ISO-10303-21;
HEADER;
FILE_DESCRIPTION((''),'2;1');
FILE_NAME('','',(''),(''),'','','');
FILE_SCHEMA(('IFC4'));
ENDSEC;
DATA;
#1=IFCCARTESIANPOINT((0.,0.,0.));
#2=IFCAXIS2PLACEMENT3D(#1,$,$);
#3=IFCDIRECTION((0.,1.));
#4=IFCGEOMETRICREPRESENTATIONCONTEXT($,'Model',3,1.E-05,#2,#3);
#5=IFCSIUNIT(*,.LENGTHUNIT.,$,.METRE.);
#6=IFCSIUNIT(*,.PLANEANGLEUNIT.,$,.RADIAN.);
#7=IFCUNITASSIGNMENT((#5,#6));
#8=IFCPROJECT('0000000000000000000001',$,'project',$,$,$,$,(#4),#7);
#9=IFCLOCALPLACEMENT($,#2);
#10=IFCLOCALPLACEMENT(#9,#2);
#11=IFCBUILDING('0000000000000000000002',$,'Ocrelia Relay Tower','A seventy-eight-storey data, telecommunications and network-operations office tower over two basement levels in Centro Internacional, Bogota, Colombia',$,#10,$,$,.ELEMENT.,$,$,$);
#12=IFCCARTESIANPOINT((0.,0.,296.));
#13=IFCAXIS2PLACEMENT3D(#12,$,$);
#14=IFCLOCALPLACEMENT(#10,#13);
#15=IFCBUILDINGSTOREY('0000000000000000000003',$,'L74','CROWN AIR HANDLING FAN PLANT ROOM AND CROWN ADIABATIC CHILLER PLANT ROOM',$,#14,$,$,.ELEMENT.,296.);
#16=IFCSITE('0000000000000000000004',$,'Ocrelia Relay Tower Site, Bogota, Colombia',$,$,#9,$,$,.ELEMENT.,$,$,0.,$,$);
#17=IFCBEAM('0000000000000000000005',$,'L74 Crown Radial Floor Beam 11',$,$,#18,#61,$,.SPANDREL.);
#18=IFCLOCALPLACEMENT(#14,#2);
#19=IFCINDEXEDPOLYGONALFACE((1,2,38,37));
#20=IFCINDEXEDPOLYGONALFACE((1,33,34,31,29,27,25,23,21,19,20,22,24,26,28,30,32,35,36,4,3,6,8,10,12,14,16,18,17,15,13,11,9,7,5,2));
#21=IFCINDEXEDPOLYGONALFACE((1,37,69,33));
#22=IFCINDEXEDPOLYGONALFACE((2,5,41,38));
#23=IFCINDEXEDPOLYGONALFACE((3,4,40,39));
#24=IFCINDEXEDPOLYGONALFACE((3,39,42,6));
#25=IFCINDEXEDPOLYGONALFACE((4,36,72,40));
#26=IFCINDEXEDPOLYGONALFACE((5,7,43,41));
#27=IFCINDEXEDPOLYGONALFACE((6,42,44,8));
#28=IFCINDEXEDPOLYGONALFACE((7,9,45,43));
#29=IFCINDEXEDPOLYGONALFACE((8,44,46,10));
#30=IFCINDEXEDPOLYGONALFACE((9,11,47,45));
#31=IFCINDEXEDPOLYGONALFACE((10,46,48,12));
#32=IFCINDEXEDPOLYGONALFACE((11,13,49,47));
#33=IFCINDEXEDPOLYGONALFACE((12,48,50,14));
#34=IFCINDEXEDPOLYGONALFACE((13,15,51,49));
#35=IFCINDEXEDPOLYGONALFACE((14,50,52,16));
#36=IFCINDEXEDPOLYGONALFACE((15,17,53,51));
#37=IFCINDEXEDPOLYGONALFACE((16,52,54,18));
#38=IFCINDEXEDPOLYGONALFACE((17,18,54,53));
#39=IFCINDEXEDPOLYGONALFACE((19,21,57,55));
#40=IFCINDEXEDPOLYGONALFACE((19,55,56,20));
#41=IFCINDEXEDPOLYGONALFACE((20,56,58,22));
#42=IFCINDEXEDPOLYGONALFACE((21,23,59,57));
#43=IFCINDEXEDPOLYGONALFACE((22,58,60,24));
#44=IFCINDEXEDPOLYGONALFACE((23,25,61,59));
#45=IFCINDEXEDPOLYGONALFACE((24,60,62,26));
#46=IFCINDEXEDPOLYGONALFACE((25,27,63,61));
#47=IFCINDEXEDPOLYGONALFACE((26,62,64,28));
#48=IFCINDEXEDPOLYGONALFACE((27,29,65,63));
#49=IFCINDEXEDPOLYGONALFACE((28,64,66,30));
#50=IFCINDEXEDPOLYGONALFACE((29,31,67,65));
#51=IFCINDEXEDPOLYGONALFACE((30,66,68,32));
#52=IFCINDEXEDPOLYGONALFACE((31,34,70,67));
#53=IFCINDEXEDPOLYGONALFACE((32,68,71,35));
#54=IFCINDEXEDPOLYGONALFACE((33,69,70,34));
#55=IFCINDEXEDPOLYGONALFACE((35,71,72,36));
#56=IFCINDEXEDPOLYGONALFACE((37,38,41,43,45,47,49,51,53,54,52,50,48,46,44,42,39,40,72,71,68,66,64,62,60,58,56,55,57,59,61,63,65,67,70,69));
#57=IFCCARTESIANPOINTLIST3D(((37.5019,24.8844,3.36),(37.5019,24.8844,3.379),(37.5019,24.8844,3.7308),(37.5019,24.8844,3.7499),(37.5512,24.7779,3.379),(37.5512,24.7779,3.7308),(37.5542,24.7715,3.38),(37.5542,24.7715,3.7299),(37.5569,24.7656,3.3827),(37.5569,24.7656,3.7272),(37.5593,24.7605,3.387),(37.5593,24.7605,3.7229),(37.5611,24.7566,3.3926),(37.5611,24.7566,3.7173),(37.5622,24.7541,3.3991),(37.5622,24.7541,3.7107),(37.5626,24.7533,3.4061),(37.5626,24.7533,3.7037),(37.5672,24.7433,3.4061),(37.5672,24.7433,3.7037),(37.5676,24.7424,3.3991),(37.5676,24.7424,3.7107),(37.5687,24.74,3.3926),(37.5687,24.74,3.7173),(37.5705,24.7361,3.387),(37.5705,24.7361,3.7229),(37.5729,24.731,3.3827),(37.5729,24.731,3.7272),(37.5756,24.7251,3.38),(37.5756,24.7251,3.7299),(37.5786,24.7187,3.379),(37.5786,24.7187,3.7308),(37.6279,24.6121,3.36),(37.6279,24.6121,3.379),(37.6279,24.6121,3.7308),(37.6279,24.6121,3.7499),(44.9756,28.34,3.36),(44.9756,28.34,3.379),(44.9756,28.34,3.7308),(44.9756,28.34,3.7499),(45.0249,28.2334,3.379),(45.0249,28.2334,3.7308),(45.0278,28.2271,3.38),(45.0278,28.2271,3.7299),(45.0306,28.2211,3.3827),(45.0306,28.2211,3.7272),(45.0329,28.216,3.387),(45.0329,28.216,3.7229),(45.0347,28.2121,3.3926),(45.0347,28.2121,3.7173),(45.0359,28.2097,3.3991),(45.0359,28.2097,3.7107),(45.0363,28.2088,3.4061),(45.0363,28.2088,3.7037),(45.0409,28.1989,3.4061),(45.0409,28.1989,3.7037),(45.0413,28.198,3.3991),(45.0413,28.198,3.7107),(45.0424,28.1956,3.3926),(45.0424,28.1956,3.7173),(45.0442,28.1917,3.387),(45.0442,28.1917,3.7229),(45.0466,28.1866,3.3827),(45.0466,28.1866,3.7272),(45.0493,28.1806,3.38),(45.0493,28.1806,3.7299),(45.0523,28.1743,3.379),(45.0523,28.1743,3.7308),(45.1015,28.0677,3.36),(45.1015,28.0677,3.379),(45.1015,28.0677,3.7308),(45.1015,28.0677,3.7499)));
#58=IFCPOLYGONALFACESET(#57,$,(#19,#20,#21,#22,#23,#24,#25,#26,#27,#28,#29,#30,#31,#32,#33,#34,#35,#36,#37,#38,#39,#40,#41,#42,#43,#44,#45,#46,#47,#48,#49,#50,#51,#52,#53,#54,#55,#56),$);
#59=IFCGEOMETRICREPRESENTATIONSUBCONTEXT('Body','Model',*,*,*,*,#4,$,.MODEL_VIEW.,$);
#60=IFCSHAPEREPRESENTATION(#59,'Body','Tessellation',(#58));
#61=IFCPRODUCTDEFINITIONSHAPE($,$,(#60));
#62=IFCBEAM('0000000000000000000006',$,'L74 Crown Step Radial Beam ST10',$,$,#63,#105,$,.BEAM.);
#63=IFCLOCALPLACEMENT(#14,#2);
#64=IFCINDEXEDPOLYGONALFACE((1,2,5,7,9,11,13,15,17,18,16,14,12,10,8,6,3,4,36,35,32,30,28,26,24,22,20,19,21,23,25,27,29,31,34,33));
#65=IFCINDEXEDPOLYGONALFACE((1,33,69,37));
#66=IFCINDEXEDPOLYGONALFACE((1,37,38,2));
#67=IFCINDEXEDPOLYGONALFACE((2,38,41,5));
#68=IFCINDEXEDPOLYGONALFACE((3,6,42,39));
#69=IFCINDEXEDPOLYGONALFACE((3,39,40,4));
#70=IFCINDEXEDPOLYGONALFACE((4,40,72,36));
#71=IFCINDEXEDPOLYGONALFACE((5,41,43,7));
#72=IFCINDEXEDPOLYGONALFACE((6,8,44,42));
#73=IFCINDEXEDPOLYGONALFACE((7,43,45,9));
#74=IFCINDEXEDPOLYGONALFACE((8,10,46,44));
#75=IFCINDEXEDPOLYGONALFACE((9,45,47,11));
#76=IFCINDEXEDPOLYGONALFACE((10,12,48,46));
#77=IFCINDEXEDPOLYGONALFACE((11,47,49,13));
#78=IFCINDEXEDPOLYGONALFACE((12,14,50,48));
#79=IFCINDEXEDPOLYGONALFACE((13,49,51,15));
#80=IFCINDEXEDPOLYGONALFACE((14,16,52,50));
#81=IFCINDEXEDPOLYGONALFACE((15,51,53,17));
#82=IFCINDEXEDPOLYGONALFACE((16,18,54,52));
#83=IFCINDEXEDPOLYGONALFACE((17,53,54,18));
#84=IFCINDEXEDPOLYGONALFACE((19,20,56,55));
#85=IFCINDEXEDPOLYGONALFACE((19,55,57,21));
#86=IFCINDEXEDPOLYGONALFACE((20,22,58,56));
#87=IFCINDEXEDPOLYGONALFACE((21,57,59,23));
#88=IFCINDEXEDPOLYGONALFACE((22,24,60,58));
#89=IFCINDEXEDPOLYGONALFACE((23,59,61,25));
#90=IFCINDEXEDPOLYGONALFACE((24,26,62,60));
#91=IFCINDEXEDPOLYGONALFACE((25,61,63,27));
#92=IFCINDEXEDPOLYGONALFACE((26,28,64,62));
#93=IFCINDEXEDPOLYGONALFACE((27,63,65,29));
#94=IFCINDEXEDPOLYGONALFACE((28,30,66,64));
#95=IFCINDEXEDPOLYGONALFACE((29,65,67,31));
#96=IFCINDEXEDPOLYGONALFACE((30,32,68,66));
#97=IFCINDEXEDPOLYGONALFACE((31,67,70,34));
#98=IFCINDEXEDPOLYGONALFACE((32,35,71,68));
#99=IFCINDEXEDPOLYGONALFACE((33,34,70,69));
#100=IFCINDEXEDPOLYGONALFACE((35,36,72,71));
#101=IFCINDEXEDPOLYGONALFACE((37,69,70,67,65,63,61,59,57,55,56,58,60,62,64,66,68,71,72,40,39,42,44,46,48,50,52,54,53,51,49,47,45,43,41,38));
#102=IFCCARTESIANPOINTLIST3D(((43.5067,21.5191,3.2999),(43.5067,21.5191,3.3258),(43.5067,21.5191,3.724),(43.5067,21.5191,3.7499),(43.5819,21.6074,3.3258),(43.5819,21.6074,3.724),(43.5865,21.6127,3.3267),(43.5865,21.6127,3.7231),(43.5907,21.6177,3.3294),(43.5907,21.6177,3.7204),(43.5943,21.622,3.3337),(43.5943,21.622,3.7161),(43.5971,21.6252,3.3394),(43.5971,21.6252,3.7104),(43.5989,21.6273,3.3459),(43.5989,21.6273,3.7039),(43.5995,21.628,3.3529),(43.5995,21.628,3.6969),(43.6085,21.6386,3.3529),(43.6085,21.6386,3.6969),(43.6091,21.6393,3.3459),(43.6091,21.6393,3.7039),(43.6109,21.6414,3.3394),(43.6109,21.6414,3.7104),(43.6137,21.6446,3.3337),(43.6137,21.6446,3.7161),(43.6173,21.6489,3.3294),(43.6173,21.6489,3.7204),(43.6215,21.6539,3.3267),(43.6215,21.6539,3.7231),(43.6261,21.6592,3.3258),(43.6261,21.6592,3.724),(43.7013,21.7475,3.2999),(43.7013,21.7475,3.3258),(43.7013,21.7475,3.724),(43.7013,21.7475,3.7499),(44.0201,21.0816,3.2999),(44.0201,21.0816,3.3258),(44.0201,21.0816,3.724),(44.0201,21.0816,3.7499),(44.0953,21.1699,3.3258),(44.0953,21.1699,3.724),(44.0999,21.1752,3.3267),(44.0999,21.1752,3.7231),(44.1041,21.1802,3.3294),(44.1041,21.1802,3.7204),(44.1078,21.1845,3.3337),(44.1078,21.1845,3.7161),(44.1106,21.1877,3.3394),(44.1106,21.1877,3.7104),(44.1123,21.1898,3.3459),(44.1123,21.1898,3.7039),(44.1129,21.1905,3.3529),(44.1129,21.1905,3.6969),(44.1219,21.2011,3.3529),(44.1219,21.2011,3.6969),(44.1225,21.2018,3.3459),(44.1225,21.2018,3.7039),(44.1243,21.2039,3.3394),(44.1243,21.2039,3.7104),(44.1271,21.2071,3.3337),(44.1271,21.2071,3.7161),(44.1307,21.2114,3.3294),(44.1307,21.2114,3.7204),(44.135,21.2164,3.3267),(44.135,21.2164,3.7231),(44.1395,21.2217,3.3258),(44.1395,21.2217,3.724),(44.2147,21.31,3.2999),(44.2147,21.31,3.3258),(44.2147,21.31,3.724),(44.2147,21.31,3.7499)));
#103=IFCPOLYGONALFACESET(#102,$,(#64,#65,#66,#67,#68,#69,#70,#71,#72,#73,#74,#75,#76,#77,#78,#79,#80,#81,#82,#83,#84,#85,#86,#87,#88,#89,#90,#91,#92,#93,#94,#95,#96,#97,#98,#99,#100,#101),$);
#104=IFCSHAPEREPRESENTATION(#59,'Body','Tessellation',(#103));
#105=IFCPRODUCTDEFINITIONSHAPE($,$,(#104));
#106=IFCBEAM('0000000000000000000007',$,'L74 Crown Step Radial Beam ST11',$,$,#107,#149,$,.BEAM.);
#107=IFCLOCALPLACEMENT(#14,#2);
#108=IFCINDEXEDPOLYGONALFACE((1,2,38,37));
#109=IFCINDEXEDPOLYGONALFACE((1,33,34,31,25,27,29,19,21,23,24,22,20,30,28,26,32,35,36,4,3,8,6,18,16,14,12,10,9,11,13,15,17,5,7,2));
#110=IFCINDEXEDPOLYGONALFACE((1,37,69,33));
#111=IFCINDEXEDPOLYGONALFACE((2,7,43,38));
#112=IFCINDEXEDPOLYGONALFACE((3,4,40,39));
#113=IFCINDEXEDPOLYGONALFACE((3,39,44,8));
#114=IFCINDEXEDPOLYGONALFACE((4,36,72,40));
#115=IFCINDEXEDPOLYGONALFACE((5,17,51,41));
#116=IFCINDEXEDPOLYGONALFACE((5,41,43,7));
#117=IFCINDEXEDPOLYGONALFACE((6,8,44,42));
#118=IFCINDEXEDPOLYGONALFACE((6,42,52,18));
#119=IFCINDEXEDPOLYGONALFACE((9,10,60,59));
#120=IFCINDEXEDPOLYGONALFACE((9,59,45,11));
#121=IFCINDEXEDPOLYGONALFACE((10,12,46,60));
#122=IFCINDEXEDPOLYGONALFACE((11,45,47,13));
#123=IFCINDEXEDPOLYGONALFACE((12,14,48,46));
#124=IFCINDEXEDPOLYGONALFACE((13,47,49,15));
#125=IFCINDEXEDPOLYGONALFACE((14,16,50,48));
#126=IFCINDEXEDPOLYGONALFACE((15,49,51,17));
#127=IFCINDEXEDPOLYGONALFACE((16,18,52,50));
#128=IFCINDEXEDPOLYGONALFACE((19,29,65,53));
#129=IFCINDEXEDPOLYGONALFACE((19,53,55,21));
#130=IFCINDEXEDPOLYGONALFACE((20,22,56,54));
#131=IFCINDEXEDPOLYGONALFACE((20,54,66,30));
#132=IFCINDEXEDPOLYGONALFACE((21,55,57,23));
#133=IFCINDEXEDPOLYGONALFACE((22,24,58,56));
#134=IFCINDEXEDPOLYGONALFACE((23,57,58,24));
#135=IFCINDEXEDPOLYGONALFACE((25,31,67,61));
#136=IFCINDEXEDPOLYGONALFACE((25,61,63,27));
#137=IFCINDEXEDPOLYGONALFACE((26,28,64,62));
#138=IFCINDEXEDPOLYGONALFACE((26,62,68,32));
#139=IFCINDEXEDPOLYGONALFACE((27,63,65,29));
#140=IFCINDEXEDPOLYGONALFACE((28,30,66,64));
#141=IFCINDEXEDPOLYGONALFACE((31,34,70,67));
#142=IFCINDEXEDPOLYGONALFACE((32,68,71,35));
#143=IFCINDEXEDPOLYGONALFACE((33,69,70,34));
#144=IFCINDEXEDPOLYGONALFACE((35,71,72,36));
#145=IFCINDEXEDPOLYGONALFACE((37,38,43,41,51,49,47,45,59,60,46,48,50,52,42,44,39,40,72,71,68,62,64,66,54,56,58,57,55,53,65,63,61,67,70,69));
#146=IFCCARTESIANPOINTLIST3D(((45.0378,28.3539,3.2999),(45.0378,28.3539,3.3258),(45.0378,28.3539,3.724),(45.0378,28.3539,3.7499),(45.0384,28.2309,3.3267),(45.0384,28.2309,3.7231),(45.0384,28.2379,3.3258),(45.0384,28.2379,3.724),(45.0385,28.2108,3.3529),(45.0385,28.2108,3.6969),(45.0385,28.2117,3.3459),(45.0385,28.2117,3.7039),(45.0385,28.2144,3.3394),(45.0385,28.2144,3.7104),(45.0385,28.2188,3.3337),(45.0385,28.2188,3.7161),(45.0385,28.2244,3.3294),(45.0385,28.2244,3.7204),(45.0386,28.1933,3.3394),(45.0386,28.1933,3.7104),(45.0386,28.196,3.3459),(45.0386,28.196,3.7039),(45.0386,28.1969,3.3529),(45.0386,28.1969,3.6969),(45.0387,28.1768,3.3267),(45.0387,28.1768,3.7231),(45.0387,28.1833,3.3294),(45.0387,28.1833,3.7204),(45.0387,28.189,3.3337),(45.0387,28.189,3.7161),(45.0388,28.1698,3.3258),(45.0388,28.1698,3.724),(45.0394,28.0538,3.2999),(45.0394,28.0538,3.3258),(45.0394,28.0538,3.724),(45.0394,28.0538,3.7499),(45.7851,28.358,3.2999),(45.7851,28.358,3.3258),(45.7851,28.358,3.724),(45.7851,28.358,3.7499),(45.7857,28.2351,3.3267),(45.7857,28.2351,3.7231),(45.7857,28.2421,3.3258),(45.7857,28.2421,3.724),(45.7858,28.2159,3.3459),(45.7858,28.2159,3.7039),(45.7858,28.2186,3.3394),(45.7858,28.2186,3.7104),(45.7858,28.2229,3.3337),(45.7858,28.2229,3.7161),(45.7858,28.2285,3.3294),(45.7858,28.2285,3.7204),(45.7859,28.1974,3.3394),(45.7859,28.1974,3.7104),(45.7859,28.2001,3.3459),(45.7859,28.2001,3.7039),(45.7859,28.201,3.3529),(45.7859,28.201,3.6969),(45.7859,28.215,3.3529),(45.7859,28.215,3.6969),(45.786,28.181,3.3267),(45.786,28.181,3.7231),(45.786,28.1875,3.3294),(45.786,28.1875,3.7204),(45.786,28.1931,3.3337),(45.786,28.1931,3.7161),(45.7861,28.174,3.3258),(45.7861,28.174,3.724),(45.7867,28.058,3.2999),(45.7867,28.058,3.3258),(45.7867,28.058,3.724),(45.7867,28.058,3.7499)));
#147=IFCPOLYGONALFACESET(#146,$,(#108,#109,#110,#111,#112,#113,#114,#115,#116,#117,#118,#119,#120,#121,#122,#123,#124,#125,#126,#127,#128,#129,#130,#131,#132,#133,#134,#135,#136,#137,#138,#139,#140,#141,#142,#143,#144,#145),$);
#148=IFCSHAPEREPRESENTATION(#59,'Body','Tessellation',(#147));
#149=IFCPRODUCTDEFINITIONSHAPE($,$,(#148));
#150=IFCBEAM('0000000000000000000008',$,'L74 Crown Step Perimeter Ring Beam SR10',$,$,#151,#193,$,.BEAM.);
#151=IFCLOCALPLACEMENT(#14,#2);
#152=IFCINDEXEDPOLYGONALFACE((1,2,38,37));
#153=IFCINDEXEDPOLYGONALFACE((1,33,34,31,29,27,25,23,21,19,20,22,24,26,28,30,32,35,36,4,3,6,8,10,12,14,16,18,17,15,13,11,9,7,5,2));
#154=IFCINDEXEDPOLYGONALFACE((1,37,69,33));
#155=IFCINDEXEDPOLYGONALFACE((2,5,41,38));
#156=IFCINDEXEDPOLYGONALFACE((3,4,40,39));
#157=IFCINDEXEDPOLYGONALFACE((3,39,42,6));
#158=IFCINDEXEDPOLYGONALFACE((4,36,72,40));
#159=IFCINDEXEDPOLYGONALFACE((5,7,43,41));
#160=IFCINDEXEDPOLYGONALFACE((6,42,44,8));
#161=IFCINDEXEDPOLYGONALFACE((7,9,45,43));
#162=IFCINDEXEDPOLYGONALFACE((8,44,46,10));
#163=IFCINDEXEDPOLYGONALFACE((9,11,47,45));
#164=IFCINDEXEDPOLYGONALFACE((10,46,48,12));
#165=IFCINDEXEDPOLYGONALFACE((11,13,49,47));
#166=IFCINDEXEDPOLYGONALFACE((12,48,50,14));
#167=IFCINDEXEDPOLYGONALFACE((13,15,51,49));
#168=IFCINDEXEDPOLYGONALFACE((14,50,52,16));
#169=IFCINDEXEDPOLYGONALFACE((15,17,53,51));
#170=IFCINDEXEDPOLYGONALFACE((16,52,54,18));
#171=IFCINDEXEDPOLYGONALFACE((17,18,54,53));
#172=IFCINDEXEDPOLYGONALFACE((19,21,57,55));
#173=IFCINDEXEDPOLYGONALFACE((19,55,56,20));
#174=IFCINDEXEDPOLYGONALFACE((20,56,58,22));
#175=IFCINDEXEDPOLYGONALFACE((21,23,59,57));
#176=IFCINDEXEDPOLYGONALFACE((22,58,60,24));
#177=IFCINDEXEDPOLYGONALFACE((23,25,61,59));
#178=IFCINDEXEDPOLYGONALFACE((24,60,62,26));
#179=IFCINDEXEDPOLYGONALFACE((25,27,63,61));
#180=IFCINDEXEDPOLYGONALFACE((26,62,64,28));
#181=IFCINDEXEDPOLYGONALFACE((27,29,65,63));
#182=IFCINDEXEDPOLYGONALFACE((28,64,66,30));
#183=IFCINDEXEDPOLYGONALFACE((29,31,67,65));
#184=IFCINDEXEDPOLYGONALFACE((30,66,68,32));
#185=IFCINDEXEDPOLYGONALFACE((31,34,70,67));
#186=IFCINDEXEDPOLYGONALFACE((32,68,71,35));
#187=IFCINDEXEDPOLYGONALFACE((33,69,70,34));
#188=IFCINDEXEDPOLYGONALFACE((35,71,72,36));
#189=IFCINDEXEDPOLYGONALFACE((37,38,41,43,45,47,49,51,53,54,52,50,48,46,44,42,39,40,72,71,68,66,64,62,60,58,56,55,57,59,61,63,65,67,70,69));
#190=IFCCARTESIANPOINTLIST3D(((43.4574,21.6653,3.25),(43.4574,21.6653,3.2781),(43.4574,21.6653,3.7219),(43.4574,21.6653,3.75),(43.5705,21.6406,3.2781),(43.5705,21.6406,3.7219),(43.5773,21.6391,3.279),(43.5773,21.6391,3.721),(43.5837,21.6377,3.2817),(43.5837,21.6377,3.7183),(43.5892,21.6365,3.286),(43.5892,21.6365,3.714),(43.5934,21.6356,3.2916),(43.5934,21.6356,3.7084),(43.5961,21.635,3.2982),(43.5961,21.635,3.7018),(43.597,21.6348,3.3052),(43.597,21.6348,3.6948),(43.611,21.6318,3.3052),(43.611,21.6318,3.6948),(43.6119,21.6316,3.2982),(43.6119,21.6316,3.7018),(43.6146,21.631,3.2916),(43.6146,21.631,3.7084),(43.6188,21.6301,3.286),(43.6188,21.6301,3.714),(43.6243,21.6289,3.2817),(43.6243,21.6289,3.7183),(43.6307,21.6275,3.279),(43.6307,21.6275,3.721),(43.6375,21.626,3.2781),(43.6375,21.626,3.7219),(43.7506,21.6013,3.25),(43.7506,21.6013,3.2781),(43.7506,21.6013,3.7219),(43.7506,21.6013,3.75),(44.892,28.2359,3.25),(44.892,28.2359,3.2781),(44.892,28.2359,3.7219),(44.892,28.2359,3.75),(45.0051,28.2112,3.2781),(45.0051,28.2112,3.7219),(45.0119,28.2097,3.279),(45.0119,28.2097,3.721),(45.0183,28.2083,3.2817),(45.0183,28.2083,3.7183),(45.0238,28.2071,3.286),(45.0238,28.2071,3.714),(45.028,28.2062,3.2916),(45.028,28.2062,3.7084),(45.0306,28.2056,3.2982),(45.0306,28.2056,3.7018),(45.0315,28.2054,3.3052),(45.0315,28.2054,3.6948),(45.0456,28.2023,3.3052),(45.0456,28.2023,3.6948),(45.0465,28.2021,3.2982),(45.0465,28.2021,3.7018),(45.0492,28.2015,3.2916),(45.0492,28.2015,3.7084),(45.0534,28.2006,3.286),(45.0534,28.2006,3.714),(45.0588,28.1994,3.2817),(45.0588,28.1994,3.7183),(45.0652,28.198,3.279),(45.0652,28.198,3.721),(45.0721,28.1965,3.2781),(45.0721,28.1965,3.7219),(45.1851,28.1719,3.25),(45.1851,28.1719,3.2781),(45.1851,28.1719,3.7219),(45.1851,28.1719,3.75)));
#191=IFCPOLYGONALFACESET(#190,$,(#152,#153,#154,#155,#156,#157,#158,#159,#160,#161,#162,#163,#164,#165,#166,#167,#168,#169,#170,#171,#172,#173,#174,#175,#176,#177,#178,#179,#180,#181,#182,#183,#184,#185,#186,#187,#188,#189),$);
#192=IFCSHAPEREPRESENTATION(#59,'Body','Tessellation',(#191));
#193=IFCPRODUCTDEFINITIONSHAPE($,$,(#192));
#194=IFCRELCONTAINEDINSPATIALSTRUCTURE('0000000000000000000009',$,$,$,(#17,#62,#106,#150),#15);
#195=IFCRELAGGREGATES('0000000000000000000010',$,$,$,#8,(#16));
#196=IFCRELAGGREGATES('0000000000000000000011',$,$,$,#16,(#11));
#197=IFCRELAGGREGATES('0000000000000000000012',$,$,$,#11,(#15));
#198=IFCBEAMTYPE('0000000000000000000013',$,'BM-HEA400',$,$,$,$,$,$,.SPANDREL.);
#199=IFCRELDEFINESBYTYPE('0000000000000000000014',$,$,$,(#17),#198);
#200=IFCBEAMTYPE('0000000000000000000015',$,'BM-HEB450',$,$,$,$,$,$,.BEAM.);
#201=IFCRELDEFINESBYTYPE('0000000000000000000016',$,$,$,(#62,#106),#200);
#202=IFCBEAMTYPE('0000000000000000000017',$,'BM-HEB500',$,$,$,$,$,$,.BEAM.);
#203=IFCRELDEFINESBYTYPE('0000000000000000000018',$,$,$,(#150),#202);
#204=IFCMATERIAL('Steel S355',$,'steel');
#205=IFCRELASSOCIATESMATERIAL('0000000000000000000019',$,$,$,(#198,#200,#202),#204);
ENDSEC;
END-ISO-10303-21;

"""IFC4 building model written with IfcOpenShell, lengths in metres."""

from ifc_helpers import new_model, si_unit, direction, frame, origin, origin_2d, place, context, subcontext, project, spatial, i_section, extrude, material, material_profile, profile_set, type_object, element, save


model = new_model("IFC4")

# Units and contexts
model_context = context("Model", 3, precision=1e-05, world=origin(), true_north=direction((0.0, 1.0)))
body_context = subcontext(model_context, "Body", "Model", "MODEL_VIEW")
ifc_project = project(units=[si_unit("LENGTHUNIT", "METRE"), si_unit("PLANEANGLEUNIT", "RADIAN")], contexts=[model_context])

# Site, building, storey
site_placement = place(None, origin())
site = spatial("IfcSite", under=ifc_project, at=site_placement, Name="Ocrelia Relay Tower Site, Bogota, Colombia", CompositionType="ELEMENT", RefElevation=0.0)
building_placement = place(site_placement, origin())
building = spatial("IfcBuilding", under=site, at=building_placement, Name="Ocrelia Relay Tower", Description="A seventy-eight-storey data, telecommunications and network-operations office tower over two basement levels in Centro Internacional, Bogota, Colombia", CompositionType="ELEMENT")
storey_placement = place(building_placement, frame((0.0, 0.0, 296.0)))
storey = spatial("IfcBuildingStorey", under=building, at=storey_placement, Name="L74", Description="CROWN AIR HANDLING FAN PLANT ROOM AND CROWN ADIABATIC CHILLER PLANT ROOM", CompositionType="ELEMENT", Elevation=296.0)

# Beams
ifc_material_1 = material(Name="Steel S355", Category="steel")
ifc_material_profile_1 = material_profile(ifc_material_1, i_section(OverallWidth=0.3, OverallDepth=0.3899, WebThickness=0.011, FlangeThickness=0.019, FilletRadius=0.0271, at=origin_2d()), Name="HEA 400")
ifc_profile_set_1 = profile_set([ifc_material_profile_1], Name="Steel S355")
beam_type_1 = type_object("IfcBeamType", Name="BM-HEA400", PredefinedType="SPANDREL", material=ifc_profile_set_1)
beam_1_placement = place(storey_placement, frame((45.0386, 28.2039, 3.5549), z_axis=(-0.907673, -0.419679, 0.0), x_axis=(0.419679, -0.907673, 0.0)))
element("IfcBeam", 1, at=beam_1_placement, inside=storey, type_object=beam_type_1, Name="L74 Crown Radial Floor Beam 11", PredefinedType="SPANDREL", context=body_context, shape_type="SweptSolid", body=[
    extrude(i_section(OverallWidth=0.3, OverallDepth=0.3899, WebThickness=0.011, FlangeThickness=0.019, FilletRadius=0.0271, at=origin_2d()), origin(), (0.0, 0.0, 1.0), 8.2339),
])
ifc_material_profile_2 = material_profile(ifc_material_1, i_section(OverallWidth=0.3, OverallDepth=0.45, WebThickness=0.0139, FlangeThickness=0.0259, FilletRadius=0.0271, at=origin_2d()), Name="HEB 450")
ifc_profile_set_2 = profile_set([ifc_material_profile_2], Name="Steel S355")
beam_type_2 = type_object("IfcBeamType", Name="BM-HEB450", PredefinedType="BEAM", material=ifc_profile_set_2)
beam_2_placement = place(storey_placement, frame((44.1174, 21.1958, 3.5249), z_axis=(-0.761144, 0.648583, 0.0), x_axis=(-0.648583, -0.761144, 0.0)))
element("IfcBeam", 2, at=beam_2_placement, inside=storey, type_object=beam_type_2, Name="L74 Crown Step Radial Beam ST10", PredefinedType="BEAM", context=body_context, shape_type="SweptSolid", body=[
    extrude(i_section(OverallWidth=0.3, OverallDepth=0.45, WebThickness=0.0139, FlangeThickness=0.0259, FilletRadius=0.0271, at=origin_2d()), origin(), (0.0, 0.0, 1.0), 0.6746),
])
beam_3_placement = place(storey_placement, frame((45.7859, 28.208, 3.5249), z_axis=(-0.999985, -0.005554, 0.0), x_axis=(0.005554, -0.999985, 0.0)))
element("IfcBeam", 3, at=beam_3_placement, inside=storey, type_object=beam_type_2, Name="L74 Crown Step Radial Beam ST11", PredefinedType="BEAM", context=body_context, shape_type="SweptSolid", body=[
    extrude(i_section(OverallWidth=0.3, OverallDepth=0.45, WebThickness=0.0139, FlangeThickness=0.0259, FilletRadius=0.0271, at=origin_2d()), origin(), (0.0, 0.0, 1.0), 0.7473),
])
ifc_material_profile_3 = material_profile(ifc_material_1, i_section(OverallWidth=0.3, OverallDepth=0.5, WebThickness=0.0144, FlangeThickness=0.0281, FilletRadius=0.0271, at=origin_2d()), Name="HEB 500")
ifc_profile_set_3 = profile_set([ifc_material_profile_3], Name="Steel S355")
beam_type_3 = type_object("IfcBeamType", Name="BM-HEB500", PredefinedType="BEAM", material=ifc_profile_set_3)
beam_4_placement = place(storey_placement, frame((43.604, 21.6333, 3.5), z_axis=(0.213308, 0.976985, 0.0), x_axis=(-0.976985, 0.213308, 0.0)))
element("IfcBeam", 4, at=beam_4_placement, inside=storey, type_object=beam_type_3, Name="L74 Crown Step Perimeter Ring Beam SR10", PredefinedType="BEAM", context=body_context, shape_type="SweptSolid", body=[
    extrude(i_section(OverallWidth=0.3, OverallDepth=0.5, WebThickness=0.0144, FlangeThickness=0.0281, FilletRadius=0.0271, at=origin_2d()), origin(), (0.0, 0.0, 1.0), 6.7253),
])

save(model, "model.ifc")
